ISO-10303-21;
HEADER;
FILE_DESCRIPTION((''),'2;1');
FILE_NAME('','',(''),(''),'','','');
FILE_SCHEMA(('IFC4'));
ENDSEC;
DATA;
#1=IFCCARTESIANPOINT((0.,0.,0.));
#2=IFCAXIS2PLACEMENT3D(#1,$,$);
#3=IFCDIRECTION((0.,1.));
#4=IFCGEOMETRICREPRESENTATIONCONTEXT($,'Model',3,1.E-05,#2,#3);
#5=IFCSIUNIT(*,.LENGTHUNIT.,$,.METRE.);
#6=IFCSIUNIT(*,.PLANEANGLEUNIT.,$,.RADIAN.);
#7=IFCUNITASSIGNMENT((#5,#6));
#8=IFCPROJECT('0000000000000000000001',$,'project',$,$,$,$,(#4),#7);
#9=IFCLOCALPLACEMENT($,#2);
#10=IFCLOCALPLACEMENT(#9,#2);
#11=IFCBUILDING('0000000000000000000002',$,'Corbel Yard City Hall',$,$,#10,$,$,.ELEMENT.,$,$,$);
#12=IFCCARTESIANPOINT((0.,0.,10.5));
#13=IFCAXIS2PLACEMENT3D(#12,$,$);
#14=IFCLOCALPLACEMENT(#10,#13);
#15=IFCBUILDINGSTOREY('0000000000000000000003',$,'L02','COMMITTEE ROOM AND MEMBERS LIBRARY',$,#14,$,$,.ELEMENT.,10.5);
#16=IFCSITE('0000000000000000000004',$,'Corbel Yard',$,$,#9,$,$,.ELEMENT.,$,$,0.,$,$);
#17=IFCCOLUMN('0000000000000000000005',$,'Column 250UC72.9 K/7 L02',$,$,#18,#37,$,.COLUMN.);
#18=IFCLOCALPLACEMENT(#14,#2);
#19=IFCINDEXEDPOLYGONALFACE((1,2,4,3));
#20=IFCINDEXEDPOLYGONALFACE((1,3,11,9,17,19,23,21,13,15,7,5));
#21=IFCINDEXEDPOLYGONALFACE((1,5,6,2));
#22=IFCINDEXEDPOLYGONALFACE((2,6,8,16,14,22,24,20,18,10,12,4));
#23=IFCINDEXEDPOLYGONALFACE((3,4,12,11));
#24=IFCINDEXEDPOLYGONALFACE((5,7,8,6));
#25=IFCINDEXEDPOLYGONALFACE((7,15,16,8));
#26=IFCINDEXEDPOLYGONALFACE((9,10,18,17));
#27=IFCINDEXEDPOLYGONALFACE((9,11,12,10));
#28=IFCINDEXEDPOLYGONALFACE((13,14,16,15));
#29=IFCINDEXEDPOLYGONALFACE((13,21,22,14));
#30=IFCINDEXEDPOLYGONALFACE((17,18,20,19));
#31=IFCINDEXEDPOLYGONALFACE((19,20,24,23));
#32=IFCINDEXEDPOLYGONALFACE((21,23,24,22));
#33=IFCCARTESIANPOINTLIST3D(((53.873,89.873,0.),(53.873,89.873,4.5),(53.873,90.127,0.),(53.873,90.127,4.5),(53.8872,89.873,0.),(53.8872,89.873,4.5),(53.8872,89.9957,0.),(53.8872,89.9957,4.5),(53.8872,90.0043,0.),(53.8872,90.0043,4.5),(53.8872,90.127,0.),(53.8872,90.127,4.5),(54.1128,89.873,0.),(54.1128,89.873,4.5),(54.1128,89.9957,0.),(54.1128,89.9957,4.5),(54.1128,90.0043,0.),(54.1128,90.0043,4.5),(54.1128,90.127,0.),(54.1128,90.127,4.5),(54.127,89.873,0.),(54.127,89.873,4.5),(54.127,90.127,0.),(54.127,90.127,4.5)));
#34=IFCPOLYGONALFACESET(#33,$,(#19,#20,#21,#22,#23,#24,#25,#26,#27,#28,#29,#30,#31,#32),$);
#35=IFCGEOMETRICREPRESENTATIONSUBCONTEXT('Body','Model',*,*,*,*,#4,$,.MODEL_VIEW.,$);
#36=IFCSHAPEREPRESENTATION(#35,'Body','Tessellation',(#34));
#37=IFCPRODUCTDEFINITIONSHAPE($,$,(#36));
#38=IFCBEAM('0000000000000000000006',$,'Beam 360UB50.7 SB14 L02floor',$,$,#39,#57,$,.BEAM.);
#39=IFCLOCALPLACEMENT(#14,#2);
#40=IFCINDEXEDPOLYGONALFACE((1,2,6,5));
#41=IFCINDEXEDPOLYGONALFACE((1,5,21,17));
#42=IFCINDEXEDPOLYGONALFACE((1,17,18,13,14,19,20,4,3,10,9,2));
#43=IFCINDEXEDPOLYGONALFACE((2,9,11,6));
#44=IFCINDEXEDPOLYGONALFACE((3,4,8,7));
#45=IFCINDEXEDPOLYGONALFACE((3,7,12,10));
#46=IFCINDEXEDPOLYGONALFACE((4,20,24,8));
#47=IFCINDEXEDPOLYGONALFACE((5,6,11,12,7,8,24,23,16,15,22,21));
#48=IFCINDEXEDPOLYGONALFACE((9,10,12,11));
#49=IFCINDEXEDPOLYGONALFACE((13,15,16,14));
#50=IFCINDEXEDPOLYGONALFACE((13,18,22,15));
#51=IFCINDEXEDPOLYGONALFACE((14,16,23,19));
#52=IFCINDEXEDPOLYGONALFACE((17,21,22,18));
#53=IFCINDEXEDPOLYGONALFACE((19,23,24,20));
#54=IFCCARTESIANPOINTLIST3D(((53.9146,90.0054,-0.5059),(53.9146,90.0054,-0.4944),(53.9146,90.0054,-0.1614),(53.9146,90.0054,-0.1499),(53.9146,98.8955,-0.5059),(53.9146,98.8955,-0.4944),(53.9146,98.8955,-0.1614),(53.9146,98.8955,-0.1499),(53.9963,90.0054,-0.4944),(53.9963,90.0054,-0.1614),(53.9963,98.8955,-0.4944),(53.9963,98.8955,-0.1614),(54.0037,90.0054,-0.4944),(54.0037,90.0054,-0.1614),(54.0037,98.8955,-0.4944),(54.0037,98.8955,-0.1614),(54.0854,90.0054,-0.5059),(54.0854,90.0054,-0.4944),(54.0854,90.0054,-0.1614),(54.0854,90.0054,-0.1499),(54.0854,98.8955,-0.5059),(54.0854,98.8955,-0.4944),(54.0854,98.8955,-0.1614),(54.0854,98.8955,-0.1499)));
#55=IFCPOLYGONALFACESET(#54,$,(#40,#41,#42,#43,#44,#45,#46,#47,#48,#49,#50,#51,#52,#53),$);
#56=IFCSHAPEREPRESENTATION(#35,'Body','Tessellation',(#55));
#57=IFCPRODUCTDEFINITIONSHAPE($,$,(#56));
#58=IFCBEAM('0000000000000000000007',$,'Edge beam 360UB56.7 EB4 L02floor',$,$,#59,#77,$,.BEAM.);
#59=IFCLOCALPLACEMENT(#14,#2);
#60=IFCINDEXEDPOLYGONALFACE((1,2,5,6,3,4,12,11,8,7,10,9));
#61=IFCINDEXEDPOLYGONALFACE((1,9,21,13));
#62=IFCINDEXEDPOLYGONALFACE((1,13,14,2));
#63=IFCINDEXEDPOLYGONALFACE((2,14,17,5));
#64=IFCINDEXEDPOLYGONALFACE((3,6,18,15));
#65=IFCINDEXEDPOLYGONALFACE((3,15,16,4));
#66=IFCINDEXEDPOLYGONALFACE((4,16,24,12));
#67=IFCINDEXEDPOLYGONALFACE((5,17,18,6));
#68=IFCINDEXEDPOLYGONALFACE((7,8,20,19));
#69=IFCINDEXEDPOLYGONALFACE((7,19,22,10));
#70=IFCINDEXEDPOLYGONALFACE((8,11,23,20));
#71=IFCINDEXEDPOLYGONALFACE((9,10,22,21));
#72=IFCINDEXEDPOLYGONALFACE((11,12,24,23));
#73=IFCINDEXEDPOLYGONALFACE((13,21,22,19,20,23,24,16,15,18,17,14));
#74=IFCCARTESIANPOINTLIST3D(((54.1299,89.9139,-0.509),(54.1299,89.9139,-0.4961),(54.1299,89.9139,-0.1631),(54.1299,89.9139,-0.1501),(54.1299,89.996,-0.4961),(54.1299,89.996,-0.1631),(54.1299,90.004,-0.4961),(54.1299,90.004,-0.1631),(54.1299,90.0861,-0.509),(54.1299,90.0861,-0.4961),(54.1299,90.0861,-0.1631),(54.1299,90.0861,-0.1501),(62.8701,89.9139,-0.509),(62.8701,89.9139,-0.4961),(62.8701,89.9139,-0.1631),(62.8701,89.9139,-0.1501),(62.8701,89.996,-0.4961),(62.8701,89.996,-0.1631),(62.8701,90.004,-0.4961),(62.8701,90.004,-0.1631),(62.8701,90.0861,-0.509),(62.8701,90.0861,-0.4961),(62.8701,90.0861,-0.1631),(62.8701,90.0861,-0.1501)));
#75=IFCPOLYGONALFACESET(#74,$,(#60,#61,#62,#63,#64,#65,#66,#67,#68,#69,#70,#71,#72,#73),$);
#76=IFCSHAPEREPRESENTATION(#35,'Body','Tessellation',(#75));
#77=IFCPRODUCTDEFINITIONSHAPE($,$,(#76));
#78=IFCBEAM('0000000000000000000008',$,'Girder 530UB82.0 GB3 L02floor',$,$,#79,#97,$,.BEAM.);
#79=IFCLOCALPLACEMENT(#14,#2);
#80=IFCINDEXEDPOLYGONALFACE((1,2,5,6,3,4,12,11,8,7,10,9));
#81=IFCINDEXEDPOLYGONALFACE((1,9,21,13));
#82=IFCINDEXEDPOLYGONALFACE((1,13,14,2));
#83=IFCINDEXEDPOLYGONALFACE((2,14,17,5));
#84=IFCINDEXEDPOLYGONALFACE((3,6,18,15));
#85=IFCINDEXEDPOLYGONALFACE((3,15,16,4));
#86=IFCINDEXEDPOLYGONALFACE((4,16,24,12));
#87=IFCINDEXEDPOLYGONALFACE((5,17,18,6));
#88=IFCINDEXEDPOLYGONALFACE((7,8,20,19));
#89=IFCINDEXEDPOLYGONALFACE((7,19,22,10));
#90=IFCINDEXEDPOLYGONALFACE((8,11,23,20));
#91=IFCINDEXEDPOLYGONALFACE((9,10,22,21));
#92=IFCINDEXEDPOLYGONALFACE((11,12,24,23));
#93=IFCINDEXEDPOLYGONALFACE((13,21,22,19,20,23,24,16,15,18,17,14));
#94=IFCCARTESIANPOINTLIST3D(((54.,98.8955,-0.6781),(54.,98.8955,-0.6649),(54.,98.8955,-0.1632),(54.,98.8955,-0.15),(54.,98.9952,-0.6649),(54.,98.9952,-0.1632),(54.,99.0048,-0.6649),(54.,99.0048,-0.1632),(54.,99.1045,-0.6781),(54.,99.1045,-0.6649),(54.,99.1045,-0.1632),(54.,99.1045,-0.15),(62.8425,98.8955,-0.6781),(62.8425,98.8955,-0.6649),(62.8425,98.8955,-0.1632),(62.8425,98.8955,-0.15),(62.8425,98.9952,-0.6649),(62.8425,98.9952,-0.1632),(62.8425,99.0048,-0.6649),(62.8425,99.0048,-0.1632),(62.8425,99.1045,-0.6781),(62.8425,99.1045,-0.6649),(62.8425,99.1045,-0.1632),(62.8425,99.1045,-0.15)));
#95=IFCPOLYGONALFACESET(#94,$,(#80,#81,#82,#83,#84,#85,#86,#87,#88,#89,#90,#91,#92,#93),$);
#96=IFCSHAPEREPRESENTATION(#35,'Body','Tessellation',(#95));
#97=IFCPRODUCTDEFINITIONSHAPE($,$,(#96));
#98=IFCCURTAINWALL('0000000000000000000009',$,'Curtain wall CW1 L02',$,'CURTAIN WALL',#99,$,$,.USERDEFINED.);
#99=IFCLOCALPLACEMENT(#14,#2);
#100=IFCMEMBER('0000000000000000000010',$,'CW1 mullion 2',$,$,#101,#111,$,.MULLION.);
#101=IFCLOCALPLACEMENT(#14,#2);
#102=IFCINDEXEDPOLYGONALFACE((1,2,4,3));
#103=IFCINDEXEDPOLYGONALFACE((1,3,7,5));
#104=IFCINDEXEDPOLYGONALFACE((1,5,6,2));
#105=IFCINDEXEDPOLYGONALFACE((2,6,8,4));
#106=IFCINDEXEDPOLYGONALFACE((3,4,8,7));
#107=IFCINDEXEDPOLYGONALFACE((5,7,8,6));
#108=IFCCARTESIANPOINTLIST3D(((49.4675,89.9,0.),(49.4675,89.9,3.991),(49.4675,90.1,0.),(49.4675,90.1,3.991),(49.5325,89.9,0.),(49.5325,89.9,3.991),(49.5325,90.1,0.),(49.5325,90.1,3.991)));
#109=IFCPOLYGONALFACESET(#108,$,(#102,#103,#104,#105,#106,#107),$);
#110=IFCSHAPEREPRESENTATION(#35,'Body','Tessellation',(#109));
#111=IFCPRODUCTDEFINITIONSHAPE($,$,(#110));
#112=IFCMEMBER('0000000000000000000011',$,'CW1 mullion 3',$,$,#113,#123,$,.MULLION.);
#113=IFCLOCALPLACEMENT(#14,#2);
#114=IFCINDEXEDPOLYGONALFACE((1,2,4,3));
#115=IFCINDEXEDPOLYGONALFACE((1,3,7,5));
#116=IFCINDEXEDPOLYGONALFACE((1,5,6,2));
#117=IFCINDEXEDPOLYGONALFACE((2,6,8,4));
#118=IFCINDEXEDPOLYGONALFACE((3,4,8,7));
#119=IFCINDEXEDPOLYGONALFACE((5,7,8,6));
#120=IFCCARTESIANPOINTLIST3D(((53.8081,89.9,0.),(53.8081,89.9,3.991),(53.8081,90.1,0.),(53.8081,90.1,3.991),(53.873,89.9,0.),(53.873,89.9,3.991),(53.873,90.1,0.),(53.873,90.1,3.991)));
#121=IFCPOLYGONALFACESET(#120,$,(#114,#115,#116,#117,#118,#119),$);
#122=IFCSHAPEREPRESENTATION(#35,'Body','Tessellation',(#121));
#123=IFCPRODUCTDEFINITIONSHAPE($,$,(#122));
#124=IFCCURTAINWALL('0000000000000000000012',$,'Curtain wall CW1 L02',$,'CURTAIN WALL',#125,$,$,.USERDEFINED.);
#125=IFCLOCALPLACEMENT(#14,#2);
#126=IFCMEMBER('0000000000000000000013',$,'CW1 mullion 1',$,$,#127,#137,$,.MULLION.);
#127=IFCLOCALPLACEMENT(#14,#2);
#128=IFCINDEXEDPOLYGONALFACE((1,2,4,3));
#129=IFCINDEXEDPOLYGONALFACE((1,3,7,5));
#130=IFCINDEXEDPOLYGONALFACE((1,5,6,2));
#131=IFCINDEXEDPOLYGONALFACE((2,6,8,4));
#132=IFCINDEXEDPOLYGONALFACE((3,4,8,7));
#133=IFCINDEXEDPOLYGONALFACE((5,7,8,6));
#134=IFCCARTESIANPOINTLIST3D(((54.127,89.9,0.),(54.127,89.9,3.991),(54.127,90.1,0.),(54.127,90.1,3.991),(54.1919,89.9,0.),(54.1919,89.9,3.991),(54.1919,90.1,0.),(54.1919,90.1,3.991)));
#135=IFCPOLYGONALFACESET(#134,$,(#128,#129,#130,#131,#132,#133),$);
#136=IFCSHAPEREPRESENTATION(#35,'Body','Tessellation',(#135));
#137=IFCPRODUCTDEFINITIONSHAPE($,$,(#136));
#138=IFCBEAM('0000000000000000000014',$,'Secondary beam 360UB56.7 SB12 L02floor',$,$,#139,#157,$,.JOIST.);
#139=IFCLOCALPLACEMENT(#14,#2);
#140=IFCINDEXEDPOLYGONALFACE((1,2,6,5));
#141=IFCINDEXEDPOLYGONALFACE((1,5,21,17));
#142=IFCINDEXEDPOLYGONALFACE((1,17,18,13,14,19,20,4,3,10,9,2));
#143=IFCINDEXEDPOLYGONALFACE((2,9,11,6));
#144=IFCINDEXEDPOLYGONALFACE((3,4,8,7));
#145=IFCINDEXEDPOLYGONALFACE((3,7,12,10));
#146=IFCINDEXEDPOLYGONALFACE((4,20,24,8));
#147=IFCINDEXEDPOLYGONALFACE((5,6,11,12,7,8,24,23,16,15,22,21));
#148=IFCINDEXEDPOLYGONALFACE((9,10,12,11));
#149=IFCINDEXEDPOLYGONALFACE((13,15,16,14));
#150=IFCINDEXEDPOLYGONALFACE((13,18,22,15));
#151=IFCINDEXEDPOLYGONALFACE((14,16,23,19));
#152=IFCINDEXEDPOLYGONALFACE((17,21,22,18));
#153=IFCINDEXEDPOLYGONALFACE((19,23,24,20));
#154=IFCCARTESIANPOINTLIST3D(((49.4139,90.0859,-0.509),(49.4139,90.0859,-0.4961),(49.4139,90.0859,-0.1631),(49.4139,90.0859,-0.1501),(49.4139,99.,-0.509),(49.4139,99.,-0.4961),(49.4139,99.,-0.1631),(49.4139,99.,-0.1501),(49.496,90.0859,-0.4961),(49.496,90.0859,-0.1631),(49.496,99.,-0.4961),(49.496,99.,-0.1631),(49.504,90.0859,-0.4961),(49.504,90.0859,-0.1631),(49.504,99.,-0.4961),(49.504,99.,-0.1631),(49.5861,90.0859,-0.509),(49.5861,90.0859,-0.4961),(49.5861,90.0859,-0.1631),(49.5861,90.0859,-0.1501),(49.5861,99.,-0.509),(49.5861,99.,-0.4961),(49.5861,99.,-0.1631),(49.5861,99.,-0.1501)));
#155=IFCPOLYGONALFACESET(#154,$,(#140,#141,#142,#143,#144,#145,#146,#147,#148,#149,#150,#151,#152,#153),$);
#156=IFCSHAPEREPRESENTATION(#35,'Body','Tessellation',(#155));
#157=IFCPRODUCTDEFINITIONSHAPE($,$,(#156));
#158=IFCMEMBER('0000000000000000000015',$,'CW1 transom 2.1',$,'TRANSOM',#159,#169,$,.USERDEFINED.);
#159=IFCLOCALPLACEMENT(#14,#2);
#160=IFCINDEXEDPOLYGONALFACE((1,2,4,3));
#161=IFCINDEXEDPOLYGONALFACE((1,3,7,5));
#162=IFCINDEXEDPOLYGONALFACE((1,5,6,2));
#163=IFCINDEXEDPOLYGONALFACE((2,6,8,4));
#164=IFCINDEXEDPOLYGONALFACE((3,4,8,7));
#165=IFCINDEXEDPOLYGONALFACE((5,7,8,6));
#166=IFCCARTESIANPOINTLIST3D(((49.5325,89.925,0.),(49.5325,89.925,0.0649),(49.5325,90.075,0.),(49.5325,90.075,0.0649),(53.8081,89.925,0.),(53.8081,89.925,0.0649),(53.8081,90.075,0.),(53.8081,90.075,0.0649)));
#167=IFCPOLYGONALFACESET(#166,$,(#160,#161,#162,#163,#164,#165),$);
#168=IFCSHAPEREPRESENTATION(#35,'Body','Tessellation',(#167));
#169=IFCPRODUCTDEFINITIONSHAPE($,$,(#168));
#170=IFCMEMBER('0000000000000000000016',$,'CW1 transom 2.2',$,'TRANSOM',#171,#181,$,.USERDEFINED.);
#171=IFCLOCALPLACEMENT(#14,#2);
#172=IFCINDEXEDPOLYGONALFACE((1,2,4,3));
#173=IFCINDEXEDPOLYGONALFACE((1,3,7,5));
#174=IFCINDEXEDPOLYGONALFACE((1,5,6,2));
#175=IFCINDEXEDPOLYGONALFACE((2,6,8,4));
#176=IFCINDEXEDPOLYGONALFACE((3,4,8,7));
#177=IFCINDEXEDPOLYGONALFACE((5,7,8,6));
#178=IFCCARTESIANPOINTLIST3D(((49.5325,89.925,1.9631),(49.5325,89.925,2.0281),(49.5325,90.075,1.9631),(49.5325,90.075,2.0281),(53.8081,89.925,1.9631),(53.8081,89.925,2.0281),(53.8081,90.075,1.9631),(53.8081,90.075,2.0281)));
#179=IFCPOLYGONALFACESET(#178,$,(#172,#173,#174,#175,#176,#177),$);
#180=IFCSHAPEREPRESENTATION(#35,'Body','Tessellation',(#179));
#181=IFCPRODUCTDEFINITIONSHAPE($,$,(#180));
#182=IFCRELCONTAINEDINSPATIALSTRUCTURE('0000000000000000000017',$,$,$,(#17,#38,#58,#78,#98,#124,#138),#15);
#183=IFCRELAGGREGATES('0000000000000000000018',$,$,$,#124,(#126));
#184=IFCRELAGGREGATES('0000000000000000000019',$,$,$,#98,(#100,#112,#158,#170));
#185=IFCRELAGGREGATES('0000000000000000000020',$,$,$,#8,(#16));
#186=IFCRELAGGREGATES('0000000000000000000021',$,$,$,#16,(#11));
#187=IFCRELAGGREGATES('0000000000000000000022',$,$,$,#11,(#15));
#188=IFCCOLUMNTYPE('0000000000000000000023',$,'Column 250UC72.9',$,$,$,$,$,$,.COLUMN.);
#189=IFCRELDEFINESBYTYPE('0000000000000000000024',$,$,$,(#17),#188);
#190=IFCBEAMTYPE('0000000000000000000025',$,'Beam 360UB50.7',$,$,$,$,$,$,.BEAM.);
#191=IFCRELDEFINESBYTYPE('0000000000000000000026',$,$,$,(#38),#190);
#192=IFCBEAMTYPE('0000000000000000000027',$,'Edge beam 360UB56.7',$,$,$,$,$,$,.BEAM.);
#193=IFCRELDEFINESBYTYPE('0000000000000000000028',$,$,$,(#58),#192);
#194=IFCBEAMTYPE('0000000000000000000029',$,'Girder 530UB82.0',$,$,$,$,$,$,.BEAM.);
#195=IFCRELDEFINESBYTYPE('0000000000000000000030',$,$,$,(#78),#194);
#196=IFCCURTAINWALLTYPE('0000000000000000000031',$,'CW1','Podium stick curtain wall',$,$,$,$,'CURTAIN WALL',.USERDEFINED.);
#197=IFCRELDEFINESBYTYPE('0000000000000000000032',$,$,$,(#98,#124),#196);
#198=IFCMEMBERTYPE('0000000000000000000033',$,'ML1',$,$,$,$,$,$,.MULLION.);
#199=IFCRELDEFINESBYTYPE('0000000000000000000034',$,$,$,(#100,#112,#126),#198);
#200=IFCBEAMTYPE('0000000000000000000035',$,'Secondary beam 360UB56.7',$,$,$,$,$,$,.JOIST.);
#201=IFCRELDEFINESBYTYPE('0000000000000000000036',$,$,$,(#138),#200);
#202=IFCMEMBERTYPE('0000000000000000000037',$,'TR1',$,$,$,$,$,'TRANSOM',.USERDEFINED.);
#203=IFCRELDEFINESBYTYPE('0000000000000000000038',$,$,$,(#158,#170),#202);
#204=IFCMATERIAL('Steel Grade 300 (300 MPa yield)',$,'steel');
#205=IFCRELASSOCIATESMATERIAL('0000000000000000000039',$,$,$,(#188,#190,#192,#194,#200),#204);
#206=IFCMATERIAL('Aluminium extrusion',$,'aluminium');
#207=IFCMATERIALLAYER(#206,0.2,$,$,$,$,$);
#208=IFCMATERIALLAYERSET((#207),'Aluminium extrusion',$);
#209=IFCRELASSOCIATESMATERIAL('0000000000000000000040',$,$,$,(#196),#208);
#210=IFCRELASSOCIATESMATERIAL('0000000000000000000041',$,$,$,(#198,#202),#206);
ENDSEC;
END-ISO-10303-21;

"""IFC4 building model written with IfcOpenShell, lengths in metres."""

from ifc_helpers import new_model, si_unit, direction, frame, origin, origin_2d, place, context, subcontext, project, spatial, rectangle, i_section, extrude, material, layer, layer_set, material_profile, profile_set, type_object, element, aggregate, save


model = new_model("IFC4")

# Units and contexts
model_context = context("Model", 3, precision=1e-05, world=origin(), true_north=direction((0.0, 1.0)))
body_context = subcontext(model_context, "Body", "Model", "MODEL_VIEW")
ifc_project = project(units=[si_unit("LENGTHUNIT", "METRE"), si_unit("PLANEANGLEUNIT", "RADIAN")], contexts=[model_context])

# Site, building, storey
site_placement = place(None, origin())
site = spatial("IfcSite", under=ifc_project, at=site_placement, Name="Corbel Yard", CompositionType="ELEMENT", RefElevation=0.0)
building_placement = place(site_placement, origin())
building = spatial("IfcBuilding", under=site, at=building_placement, Name="Corbel Yard City Hall", CompositionType="ELEMENT")
storey_placement = place(building_placement, frame((0.0, 0.0, 10.5)))
storey = spatial("IfcBuildingStorey", under=building, at=storey_placement, Name="L02", Description="COMMITTEE ROOM AND MEMBERS LIBRARY", CompositionType="ELEMENT", Elevation=10.5)

# Column
ifc_material_1 = material(Name="Steel Grade 300 (300 MPa yield)", Category="steel")
ifc_material_profile_1 = material_profile(ifc_material_1, i_section(OverallWidth=0.2539, OverallDepth=0.2539, WebThickness=0.0085, FlangeThickness=0.0142, at=origin_2d()), Name="250UC72.9")
ifc_profile_set_1 = profile_set([ifc_material_profile_1], Name="Steel Grade 300 (300 MPa yield)")
column_type = type_object("IfcColumnType", Name="Column 250UC72.9", PredefinedType="COLUMN", material=ifc_profile_set_1)
column_placement = place(storey_placement, frame((54.0, 90.0, 0.0), z_axis=(0.0, 0.0, 1.0), x_axis=(0.0, 1.0, 0.0)))
element("IfcColumn", 1, at=column_placement, inside=storey, type_object=column_type, Name="Column 250UC72.9 K/7 L02", PredefinedType="COLUMN", context=body_context, shape_type="SweptSolid", body=[
    extrude(i_section(OverallWidth=0.2539, OverallDepth=0.2539, WebThickness=0.0085, FlangeThickness=0.0142, at=origin_2d()), origin(), (0.0, 0.0, 1.0), 4.5),
])

# Beams
ifc_material_profile_2 = material_profile(ifc_material_1, i_section(OverallWidth=0.1709, OverallDepth=0.356, WebThickness=0.0073, FlangeThickness=0.0115, at=origin_2d()), Name="360UB50.7")
ifc_profile_set_2 = profile_set([ifc_material_profile_2], Name="Steel Grade 300 (300 MPa yield)")
beam_type_1 = type_object("IfcBeamType", Name="Beam 360UB50.7", PredefinedType="BEAM", material=ifc_profile_set_2)
beam_1_placement = place(storey_placement, frame((54.0, 90.0054, -0.3279), z_axis=(0.0, 1.0, 0.0), x_axis=(-1.0, 0.0, 0.0)))
element("IfcBeam", 2, at=beam_1_placement, inside=storey, type_object=beam_type_1, Name="Beam 360UB50.7 SB14 L02floor", PredefinedType="BEAM", context=body_context, shape_type="SweptSolid", body=[
    extrude(i_section(OverallWidth=0.1709, OverallDepth=0.356, WebThickness=0.0073, FlangeThickness=0.0115, at=origin_2d()), origin(), (0.0, 0.0, 1.0), 8.8901),
])
ifc_material_profile_3 = material_profile(ifc_material_1, i_section(OverallWidth=0.1721, OverallDepth=0.3589, WebThickness=0.0081, FlangeThickness=0.0129, at=origin_2d()), Name="360UB56.7")
ifc_profile_set_3 = profile_set([ifc_material_profile_3], Name="Steel Grade 300 (300 MPa yield)")
beam_type_2 = type_object("IfcBeamType", Name="Edge beam 360UB56.7", PredefinedType="BEAM", material=ifc_profile_set_3)
beam_2_placement = place(storey_placement, frame((54.1299, 90.0, -0.3296), z_axis=(1.0, 0.0, 0.0), x_axis=(0.0, 1.0, 0.0)))
element("IfcBeam", 3, at=beam_2_placement, inside=storey, type_object=beam_type_2, Name="Edge beam 360UB56.7 EB4 L02floor", PredefinedType="BEAM", context=body_context, shape_type="SweptSolid", body=[
    extrude(i_section(OverallWidth=0.1721, OverallDepth=0.3589, WebThickness=0.0081, FlangeThickness=0.0129, at=origin_2d()), origin(), (0.0, 0.0, 1.0), 8.7402),
])
ifc_material_profile_4 = material_profile(ifc_material_1, i_section(OverallWidth=0.209, OverallDepth=0.5281, WebThickness=0.0095, FlangeThickness=0.0132, at=origin_2d()), Name="530UB82.0")
ifc_profile_set_4 = profile_set([ifc_material_profile_4], Name="Steel Grade 300 (300 MPa yield)")
beam_type_3 = type_object("IfcBeamType", Name="Girder 530UB82.0", PredefinedType="BEAM", material=ifc_profile_set_4)
beam_3_placement = place(storey_placement, frame((54.0, 99.0, -0.4141), z_axis=(1.0, 0.0, 0.0), x_axis=(0.0, 1.0, 0.0)))
element("IfcBeam", 4, at=beam_3_placement, inside=storey, type_object=beam_type_3, Name="Girder 530UB82.0 GB3 L02floor", PredefinedType="BEAM", context=body_context, shape_type="SweptSolid", body=[
    extrude(i_section(OverallWidth=0.209, OverallDepth=0.5281, WebThickness=0.0095, FlangeThickness=0.0132, at=origin_2d()), origin(), (0.0, 0.0, 1.0), 8.8425),
])

# Curtain wall, members
ifc_material_2 = material(Name="Aluminium extrusion", Category="aluminium")
ifc_layer_1 = layer(ifc_material_2, 0.2)
ifc_layer_set_1 = layer_set([ifc_layer_1], Name="Aluminium extrusion")
curtain_wall_type = type_object("IfcCurtainWallType", Name="CW1", Description="Podium stick curtain wall", ElementType="CURTAIN WALL", PredefinedType="USERDEFINED", material=ifc_layer_set_1)
curtain_wall_1_placement = place(storey_placement, origin())
curtain_wall_1 = element("IfcCurtainWall", 5, at=curtain_wall_1_placement, inside=storey, type_object=curtain_wall_type, Name="Curtain wall CW1 L02", ObjectType="CURTAIN WALL", PredefinedType="USERDEFINED")
ifc_material_profile_5 = material_profile(ifc_material_2, rectangle(XDim=0.2, YDim=0.0649, at=origin_2d()), Name="200x65")
ifc_profile_set_5 = profile_set([ifc_material_profile_5], Name="Aluminium extrusion")
member_type_1 = type_object("IfcMemberType", Name="ML1", PredefinedType="MULLION", material=ifc_profile_set_5)
member_1_placement = place(storey_placement, frame((49.5, 90.0, 0.0), z_axis=(0.0, 0.0, 1.0), x_axis=(0.0, 1.0, 0.0)))
member_1 = element("IfcMember", 6, at=member_1_placement, type_object=member_type_1, Name="CW1 mullion 2", PredefinedType="MULLION", context=body_context, shape_type="SweptSolid", body=[
    extrude(rectangle(XDim=0.2, YDim=0.0649, at=origin_2d()), origin(), (0.0, 0.0, 1.0), 3.991),
])
member_2_placement = place(storey_placement, frame((53.8406, 90.0, 0.0), z_axis=(0.0, 0.0, 1.0), x_axis=(0.0, 1.0, 0.0)))
member_2 = element("IfcMember", 7, at=member_2_placement, type_object=member_type_1, Name="CW1 mullion 3", PredefinedType="MULLION", context=body_context, shape_type="SweptSolid", body=[
    extrude(rectangle(XDim=0.2, YDim=0.0649, at=origin_2d()), origin(), (0.0, 0.0, 1.0), 3.991),
])

# Curtain wall, member
curtain_wall_2_placement = place(storey_placement, origin())
curtain_wall_2 = element("IfcCurtainWall", 8, at=curtain_wall_2_placement, inside=storey, type_object=curtain_wall_type, Name="Curtain wall CW1 L02", ObjectType="CURTAIN WALL", PredefinedType="USERDEFINED")
member_3_placement = place(storey_placement, frame((54.1594, 90.0, 0.0), z_axis=(0.0, 0.0, 1.0), x_axis=(0.0, 1.0, 0.0)))
member_3 = element("IfcMember", 9, at=member_3_placement, type_object=member_type_1, Name="CW1 mullion 1", PredefinedType="MULLION", context=body_context, shape_type="SweptSolid", body=[
    extrude(rectangle(XDim=0.2, YDim=0.0649, at=origin_2d()), origin(), (0.0, 0.0, 1.0), 3.991),
])

# Beam
ifc_material_profile_6 = material_profile(ifc_material_1, i_section(OverallWidth=0.1721, OverallDepth=0.3589, WebThickness=0.0081, FlangeThickness=0.0129, at=origin_2d()), Name="360UB56.7")
ifc_profile_set_6 = profile_set([ifc_material_profile_6], Name="Steel Grade 300 (300 MPa yield)")
beam_type_4 = type_object("IfcBeamType", Name="Secondary beam 360UB56.7", PredefinedType="JOIST", material=ifc_profile_set_6)
beam_4_placement = place(storey_placement, frame((49.5, 90.0859, -0.3296), z_axis=(0.0, 1.0, 0.0), x_axis=(-1.0, 0.0, 0.0)))
element("IfcBeam", 10, at=beam_4_placement, inside=storey, type_object=beam_type_4, Name="Secondary beam 360UB56.7 SB12 L02floor", PredefinedType="JOIST", context=body_context, shape_type="SweptSolid", body=[
    extrude(i_section(OverallWidth=0.1721, OverallDepth=0.3589, WebThickness=0.0081, FlangeThickness=0.0129, at=origin_2d()), origin(), (0.0, 0.0, 1.0), 8.9141),
])

# Members
ifc_material_profile_7 = material_profile(ifc_material_2, rectangle(XDim=0.1499, YDim=0.0649, at=origin_2d()), Name="150x65")
ifc_profile_set_7 = profile_set([ifc_material_profile_7], Name="Aluminium extrusion")
member_type_2 = type_object("IfcMemberType", Name="TR1", ElementType="TRANSOM", PredefinedType="USERDEFINED", material=ifc_profile_set_7)
member_4_placement = place(storey_placement, frame((49.5325, 90.0, 0.0325), z_axis=(1.0, 0.0, 0.0), x_axis=(0.0, 1.0, 0.0)))
member_4 = element("IfcMember", 11, at=member_4_placement, type_object=member_type_2, Name="CW1 transom 2.1", ObjectType="TRANSOM", PredefinedType="USERDEFINED", context=body_context, shape_type="SweptSolid", body=[
    extrude(rectangle(XDim=0.1499, YDim=0.0649, at=origin_2d()), origin(), (0.0, 0.0, 1.0), 4.2756),
])
member_5_placement = place(storey_placement, frame((49.5325, 90.0, 1.9956), z_axis=(1.0, 0.0, 0.0), x_axis=(0.0, 1.0, 0.0)))
member_5 = element("IfcMember", 12, at=member_5_placement, type_object=member_type_2, Name="CW1 transom 2.2", ObjectType="TRANSOM", PredefinedType="USERDEFINED", context=body_context, shape_type="SweptSolid", body=[
    extrude(rectangle(XDim=0.1499, YDim=0.0649, at=origin_2d()), origin(), (0.0, 0.0, 1.0), 4.2756),
])
aggregate(curtain_wall_2, [member_3])

aggregate(curtain_wall_1, [member_1, member_2, member_4, member_5])

save(model, "model.ifc")
